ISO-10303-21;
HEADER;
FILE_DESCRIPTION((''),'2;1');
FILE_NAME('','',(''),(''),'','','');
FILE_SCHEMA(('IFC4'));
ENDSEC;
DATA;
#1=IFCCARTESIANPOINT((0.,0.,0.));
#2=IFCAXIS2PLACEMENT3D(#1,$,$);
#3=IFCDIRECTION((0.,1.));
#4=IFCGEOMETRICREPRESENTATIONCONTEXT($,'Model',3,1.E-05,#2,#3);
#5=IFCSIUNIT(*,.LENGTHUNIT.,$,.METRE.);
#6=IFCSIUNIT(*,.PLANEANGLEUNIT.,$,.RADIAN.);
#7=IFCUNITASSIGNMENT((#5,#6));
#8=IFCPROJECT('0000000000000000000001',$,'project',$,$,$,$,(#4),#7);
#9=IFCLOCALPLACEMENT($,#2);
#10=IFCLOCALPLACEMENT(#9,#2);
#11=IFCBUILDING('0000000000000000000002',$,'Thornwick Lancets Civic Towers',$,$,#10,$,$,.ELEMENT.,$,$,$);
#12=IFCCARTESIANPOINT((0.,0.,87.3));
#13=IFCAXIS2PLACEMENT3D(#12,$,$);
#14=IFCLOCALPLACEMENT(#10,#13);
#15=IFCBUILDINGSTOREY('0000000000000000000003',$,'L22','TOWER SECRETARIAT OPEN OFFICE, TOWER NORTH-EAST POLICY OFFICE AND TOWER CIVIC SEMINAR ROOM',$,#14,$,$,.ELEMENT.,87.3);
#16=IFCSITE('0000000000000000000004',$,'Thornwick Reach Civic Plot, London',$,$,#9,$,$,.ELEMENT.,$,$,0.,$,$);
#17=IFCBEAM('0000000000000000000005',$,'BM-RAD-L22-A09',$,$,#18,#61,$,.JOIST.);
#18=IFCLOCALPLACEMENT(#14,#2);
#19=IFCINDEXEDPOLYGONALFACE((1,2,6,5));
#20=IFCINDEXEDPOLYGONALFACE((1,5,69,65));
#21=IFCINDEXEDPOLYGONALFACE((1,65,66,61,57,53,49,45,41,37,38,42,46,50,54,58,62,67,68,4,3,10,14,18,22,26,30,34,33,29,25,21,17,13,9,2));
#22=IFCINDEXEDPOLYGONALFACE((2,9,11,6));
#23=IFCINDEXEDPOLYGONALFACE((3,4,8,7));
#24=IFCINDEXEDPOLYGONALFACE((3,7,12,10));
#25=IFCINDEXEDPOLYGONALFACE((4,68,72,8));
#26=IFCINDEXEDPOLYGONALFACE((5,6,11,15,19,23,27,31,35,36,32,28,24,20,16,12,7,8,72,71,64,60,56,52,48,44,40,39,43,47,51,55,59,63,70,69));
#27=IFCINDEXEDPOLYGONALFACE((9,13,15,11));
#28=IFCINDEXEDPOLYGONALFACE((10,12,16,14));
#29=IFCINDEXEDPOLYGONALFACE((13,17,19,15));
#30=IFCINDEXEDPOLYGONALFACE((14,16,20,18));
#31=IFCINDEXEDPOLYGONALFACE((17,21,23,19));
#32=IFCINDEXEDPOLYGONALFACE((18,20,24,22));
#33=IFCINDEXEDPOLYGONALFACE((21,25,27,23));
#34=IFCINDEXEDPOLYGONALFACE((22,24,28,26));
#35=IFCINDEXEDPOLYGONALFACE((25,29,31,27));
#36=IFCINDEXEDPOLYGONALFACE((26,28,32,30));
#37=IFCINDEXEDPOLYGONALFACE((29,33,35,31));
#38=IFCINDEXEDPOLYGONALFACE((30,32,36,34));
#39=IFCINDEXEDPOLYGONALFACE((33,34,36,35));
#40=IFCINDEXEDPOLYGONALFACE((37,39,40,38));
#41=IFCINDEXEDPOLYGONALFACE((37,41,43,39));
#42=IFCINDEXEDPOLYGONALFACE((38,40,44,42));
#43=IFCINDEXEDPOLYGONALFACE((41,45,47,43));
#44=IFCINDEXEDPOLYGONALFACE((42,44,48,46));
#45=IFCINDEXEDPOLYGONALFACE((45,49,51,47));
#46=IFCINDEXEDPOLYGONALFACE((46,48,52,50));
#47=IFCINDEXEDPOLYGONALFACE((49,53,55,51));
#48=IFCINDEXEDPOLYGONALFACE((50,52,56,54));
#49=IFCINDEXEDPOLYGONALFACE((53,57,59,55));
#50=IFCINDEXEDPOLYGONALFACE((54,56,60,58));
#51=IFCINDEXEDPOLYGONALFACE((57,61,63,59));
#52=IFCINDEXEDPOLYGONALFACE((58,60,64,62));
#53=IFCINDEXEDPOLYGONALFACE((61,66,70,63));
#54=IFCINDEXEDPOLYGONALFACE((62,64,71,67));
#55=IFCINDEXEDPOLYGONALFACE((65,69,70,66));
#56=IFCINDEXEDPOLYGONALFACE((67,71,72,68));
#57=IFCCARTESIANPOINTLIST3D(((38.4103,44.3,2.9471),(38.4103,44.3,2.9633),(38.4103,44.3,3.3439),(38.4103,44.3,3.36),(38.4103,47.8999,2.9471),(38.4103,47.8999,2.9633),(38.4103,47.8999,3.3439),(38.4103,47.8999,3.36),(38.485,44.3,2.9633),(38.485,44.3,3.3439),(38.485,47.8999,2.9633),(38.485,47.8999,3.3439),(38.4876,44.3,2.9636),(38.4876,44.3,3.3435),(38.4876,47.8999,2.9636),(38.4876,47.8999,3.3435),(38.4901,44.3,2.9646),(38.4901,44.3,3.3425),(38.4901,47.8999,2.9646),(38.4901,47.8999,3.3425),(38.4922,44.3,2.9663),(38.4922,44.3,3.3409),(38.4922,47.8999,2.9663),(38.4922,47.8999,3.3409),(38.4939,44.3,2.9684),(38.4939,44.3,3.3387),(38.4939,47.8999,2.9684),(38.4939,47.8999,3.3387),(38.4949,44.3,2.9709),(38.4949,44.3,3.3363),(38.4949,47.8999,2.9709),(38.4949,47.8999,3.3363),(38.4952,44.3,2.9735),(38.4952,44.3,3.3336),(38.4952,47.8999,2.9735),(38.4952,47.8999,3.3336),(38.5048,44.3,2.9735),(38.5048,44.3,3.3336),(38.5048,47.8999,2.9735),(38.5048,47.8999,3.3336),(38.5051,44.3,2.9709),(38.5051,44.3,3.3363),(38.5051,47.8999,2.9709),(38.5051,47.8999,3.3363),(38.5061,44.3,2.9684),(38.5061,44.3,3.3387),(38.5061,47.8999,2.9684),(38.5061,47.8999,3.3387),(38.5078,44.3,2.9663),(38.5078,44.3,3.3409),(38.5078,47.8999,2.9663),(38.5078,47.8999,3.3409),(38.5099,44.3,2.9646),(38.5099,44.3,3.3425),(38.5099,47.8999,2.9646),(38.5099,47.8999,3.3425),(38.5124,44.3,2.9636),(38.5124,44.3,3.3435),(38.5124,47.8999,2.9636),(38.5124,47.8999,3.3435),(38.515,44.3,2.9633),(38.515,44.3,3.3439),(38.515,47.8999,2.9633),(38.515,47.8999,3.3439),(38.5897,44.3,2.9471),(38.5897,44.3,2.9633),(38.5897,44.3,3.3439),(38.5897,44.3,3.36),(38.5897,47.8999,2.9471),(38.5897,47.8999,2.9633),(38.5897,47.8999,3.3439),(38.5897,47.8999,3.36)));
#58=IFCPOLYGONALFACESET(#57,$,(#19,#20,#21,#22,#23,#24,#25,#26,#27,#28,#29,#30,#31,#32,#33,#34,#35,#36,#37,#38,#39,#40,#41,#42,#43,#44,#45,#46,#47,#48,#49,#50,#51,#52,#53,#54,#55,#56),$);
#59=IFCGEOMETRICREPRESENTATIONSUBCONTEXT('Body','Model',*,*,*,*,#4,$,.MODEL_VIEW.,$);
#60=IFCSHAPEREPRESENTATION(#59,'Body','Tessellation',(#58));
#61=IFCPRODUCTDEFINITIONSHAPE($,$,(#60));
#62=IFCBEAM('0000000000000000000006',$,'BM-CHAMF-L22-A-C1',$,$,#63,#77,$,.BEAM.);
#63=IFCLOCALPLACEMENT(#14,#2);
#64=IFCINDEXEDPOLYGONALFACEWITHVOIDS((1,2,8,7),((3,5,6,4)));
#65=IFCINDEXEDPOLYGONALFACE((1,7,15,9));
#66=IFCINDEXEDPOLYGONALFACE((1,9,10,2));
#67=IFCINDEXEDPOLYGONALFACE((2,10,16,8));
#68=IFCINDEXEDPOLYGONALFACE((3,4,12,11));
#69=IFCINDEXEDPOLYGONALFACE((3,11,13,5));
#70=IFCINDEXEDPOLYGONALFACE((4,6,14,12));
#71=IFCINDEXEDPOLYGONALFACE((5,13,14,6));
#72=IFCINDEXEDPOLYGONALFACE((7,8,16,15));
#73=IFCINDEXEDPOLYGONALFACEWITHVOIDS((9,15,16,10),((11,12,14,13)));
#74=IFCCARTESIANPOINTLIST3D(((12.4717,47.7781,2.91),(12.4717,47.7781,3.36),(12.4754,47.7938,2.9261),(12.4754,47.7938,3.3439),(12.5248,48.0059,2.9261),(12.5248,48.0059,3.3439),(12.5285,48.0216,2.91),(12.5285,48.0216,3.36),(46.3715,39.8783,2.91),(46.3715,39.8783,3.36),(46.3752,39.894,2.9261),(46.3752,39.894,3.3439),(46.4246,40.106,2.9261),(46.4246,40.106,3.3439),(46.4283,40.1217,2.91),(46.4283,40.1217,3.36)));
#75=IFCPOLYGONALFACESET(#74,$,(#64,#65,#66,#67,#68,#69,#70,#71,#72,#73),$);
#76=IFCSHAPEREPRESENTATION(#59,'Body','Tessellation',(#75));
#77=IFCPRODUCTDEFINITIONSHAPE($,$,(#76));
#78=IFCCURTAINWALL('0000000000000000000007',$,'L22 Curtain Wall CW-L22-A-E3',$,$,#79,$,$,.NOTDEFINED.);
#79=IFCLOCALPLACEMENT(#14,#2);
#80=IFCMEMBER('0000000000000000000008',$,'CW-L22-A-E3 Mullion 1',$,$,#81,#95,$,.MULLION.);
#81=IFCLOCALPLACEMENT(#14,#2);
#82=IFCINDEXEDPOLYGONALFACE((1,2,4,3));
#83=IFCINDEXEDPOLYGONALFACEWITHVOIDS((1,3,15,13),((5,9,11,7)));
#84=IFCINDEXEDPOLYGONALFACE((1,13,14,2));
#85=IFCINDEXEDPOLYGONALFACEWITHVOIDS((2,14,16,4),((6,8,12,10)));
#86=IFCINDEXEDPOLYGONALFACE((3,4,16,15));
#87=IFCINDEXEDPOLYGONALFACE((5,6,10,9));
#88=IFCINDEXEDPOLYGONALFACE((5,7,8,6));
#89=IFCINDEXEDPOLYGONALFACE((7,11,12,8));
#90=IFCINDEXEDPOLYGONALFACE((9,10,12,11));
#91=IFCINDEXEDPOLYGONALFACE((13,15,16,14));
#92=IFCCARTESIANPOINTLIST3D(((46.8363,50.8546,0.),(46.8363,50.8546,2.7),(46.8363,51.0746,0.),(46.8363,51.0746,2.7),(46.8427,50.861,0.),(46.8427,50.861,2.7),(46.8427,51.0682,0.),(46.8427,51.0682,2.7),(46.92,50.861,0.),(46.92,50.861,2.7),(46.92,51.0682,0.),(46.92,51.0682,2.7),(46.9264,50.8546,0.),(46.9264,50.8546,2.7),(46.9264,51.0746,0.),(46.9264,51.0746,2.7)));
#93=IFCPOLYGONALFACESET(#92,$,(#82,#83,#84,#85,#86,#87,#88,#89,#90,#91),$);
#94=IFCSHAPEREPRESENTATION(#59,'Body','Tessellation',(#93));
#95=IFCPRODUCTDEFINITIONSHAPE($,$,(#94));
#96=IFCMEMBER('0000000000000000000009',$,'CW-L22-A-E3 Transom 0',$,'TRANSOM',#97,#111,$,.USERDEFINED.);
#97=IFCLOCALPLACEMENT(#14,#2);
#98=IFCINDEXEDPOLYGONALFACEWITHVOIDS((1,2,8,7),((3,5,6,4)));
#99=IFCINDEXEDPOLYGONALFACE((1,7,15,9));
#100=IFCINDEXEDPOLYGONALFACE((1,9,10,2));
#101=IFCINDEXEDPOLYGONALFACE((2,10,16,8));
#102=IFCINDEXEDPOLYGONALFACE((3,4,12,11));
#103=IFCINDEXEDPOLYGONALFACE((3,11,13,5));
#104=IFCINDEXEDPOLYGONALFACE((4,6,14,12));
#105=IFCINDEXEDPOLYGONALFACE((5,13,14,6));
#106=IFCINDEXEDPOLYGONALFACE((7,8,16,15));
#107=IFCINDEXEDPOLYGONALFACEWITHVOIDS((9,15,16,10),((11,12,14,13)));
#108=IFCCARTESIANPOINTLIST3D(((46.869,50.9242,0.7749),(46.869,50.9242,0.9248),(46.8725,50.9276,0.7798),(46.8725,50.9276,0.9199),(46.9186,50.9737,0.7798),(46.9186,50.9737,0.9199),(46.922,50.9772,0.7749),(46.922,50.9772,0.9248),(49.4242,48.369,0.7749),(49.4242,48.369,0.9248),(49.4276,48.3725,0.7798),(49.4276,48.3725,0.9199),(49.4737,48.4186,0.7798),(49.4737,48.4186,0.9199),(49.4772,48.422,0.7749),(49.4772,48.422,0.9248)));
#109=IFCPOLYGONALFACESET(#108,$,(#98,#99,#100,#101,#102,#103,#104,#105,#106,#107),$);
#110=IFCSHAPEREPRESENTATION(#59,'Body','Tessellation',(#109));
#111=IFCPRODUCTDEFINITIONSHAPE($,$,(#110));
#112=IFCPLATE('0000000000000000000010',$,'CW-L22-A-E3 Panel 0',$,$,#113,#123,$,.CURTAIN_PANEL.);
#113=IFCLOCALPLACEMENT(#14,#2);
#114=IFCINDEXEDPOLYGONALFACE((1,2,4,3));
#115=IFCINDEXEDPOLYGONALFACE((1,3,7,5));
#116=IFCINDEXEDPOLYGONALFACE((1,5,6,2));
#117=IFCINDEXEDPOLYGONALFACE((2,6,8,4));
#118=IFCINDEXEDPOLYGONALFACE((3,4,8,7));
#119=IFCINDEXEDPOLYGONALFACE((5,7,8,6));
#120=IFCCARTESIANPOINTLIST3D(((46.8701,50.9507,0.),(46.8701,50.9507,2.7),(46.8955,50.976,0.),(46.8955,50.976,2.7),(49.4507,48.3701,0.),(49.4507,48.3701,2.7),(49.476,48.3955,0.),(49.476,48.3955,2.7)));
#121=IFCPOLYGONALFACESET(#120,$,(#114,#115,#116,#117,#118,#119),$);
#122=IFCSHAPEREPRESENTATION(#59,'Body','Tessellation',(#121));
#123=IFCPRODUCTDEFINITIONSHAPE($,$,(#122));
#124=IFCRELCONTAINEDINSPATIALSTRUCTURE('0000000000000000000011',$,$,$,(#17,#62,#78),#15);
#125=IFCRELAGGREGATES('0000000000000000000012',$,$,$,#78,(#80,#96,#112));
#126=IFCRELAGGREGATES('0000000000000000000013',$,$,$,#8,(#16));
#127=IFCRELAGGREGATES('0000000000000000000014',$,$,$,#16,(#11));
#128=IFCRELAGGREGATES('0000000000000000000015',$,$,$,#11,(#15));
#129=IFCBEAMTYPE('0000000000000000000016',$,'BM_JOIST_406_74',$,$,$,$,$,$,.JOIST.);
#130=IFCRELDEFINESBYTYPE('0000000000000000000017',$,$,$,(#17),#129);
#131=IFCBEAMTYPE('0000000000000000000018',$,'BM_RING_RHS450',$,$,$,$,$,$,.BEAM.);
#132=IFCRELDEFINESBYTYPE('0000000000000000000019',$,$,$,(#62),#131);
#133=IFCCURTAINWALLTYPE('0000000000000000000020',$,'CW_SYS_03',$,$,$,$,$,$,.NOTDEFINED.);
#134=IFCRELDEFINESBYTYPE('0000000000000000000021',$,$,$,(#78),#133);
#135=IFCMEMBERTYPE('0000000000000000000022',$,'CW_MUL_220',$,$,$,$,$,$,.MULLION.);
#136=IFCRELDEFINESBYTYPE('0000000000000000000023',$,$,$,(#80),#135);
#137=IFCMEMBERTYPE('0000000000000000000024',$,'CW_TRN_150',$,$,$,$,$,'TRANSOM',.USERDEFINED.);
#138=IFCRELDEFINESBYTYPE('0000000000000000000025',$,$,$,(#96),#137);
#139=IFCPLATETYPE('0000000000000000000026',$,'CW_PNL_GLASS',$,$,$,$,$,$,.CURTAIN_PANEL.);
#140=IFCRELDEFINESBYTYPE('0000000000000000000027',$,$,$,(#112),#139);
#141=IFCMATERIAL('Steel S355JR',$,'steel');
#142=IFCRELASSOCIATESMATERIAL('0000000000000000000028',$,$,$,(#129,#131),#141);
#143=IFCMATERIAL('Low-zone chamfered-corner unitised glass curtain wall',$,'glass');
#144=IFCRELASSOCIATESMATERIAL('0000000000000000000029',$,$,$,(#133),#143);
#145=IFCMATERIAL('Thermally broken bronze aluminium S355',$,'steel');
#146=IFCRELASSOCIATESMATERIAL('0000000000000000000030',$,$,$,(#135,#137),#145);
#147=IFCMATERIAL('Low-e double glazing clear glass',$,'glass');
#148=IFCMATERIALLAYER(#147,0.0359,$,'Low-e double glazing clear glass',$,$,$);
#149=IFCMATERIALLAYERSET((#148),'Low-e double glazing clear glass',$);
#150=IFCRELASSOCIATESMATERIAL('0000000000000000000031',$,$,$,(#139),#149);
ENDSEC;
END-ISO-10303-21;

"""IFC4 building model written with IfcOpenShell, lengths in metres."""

from ifc_helpers import new_model, si_unit, direction, frame, origin, origin_2d, place, context, subcontext, project, spatial, rectangle, hollow_rectangle, i_section, extrude, material, layer, layer_set, material_profile, profile_set, type_object, element, aggregate, save


model = new_model("IFC4")

# Units and contexts
model_context = context("Model", 3, precision=1e-05, world=origin(), true_north=direction((0.0, 1.0)))
body_context = subcontext(model_context, "Body", "Model", "MODEL_VIEW")
ifc_project = project(units=[si_unit("LENGTHUNIT", "METRE"), si_unit("PLANEANGLEUNIT", "RADIAN")], contexts=[model_context])

# Site, building, storey
site_placement = place(None, origin())
site = spatial("IfcSite", under=ifc_project, at=site_placement, Name="Thornwick Reach Civic Plot, London", CompositionType="ELEMENT", RefElevation=0.0)
building_placement = place(site_placement, origin())
building = spatial("IfcBuilding", under=site, at=building_placement, Name="Thornwick Lancets Civic Towers", CompositionType="ELEMENT")
storey_placement = place(building_placement, frame((0.0, 0.0, 87.3)))
storey = spatial("IfcBuildingStorey", under=building, at=storey_placement, Name="L22", Description="TOWER SECRETARIAT OPEN OFFICE, TOWER NORTH-EAST POLICY OFFICE AND TOWER CIVIC SEMINAR ROOM", CompositionType="ELEMENT", Elevation=87.3)

# Beams
ifc_material_1 = material(Name="Steel S355JR", Category="steel")
ifc_material_profile_1 = material_profile(ifc_material_1, i_section(OverallWidth=0.1794, OverallDepth=0.4128, WebThickness=0.0095, FlangeThickness=0.0161, FilletRadius=0.0103, at=origin_2d()), Name="UKB 406x178x74")
ifc_profile_set_1 = profile_set([ifc_material_profile_1], Name="Steel S355JR")
beam_type_1 = type_object("IfcBeamType", Name="BM_JOIST_406_74", PredefinedType="JOIST", material=ifc_profile_set_1)
for number, where, z_axis, x_axis, name in (
    (1, (38.5, 44.3, 3.1536), (0.0, 1.0, 0.0), (-1.0, 0.0, 0.0), "BM-RAD-L22-A09"),
):
    element("IfcBeam", number, at=place(storey_placement, frame(where, z_axis=z_axis, x_axis=x_axis)), inside=storey, type_object=beam_type_1, Name=name, PredefinedType="JOIST", context=body_context, shape_type="SweptSolid", body=[
        extrude(i_section(OverallWidth=0.1794, OverallDepth=0.4128, WebThickness=0.0095, FlangeThickness=0.0161, FilletRadius=0.0103, at=origin_2d()), origin(), (0.0, 0.0, 1.0), 3.5999),
    ])
ifc_material_profile_2 = material_profile(ifc_material_1, hollow_rectangle(XDim=0.25, YDim=0.45, WallThickness=0.0161, at=origin_2d()), Name="RHS 450x250x16")
ifc_profile_set_2 = profile_set([ifc_material_profile_2], Name="Steel S355JR")
beam_type_2 = type_object("IfcBeamType", Name="BM_RING_RHS450", PredefinedType="BEAM", material=ifc_profile_set_2)
beam_placement = place(storey_placement, frame((46.3999, 40.0, 3.135), z_axis=(-0.973905, 0.226955, 0.0), x_axis=(-0.226955, -0.973905, 0.0)))
element("IfcBeam", 2, at=beam_placement, inside=storey, type_object=beam_type_2, Name="BM-CHAMF-L22-A-C1", PredefinedType="BEAM", context=body_context, shape_type="SweptSolid", body=[
    extrude(hollow_rectangle(XDim=0.25, YDim=0.45, WallThickness=0.0161, at=origin_2d()), origin(), (0.0, 0.0, 1.0), 34.8081),
])

# Curtain wall, members, plate
ifc_material_2 = material(Name="Low-zone chamfered-corner unitised glass curtain wall", Category="glass")
curtain_wall_type = type_object("IfcCurtainWallType", Name="CW_SYS_03", PredefinedType="NOTDEFINED", material=ifc_material_2)
curtain_wall_placement = place(storey_placement, origin())
curtain_wall = element("IfcCurtainWall", 3, at=curtain_wall_placement, inside=storey, type_object=curtain_wall_type, Name="L22 Curtain Wall CW-L22-A-E3", PredefinedType="NOTDEFINED")
ifc_material_3 = material(Name="Thermally broken bronze aluminium S355", Category="steel")
ifc_material_profile_3 = material_profile(ifc_material_3, hollow_rectangle(XDim=0.0901, YDim=0.22, WallThickness=0.0063, at=origin_2d()), Name="RHS 220x90x6.3")
ifc_profile_set_3 = profile_set([ifc_material_profile_3], Name="Thermally broken bronze aluminium S355")
member_type_1 = type_object("IfcMemberType", Name="CW_MUL_220", PredefinedType="MULLION", material=ifc_profile_set_3)
member_1_placement = place(storey_placement, frame((46.8813, 50.9646, 0.0), z_axis=(0.0, 0.0, 1.0), x_axis=(1.0, 0.0, 0.0)))
member_1 = element("IfcMember", 4, at=member_1_placement, type_object=member_type_1, Name="CW-L22-A-E3 Mullion 1", PredefinedType="MULLION", context=body_context, shape_type="SweptSolid", body=[
    extrude(hollow_rectangle(XDim=0.0901, YDim=0.22, WallThickness=0.0063, at=origin_2d()), origin(), (0.0, 0.0, 1.0), 2.7),
])
ifc_material_profile_4 = material_profile(ifc_material_3, hollow_rectangle(XDim=0.075, YDim=0.1499, WallThickness=0.0049, at=origin_2d()), Name="RHS 150x75x5")
ifc_profile_set_4 = profile_set([ifc_material_profile_4], Name="Thermally broken bronze aluminium S355")
member_type_2 = type_object("IfcMemberType", Name="CW_TRN_150", ElementType="TRANSOM", PredefinedType="USERDEFINED", material=ifc_profile_set_4)
member_2_placement = place(storey_placement, frame((49.4507, 48.3955, 0.8499), z_axis=(-0.707107, 0.707107, 0.0), x_axis=(-0.707107, -0.707107, 0.0)))
member_2 = element("IfcMember", 5, at=member_2_placement, type_object=member_type_2, Name="CW-L22-A-E3 Transom 0", ObjectType="TRANSOM", PredefinedType="USERDEFINED", context=body_context, shape_type="SweptSolid", body=[
    extrude(hollow_rectangle(XDim=0.075, YDim=0.1499, WallThickness=0.0049, at=origin_2d()), origin(), (0.0, 0.0, 1.0), 3.6135),
])
ifc_material_4 = material(Name="Low-e double glazing clear glass", Category="glass")
ifc_layer_1 = layer(ifc_material_4, 0.0359, Name="Low-e double glazing clear glass")
ifc_layer_set_1 = layer_set([ifc_layer_1], Name="Low-e double glazing clear glass")
plate_type = type_object("IfcPlateType", Name="CW_PNL_GLASS", PredefinedType="CURTAIN_PANEL", material=ifc_layer_set_1)
plate_placement = place(storey_placement, frame((48.1731, 49.6731, 0.0), z_axis=(0.0, 0.0, 1.0), x_axis=(-0.707107, 0.707107, 0.0)))
plate = element("IfcPlate", 6, at=plate_placement, type_object=plate_type, Name="CW-L22-A-E3 Panel 0", PredefinedType="CURTAIN_PANEL", context=body_context, shape_type="SweptSolid", body=[
    extrude(rectangle(XDim=3.6494, YDim=0.0359, at=origin_2d()), origin(), (0.0, 0.0, 1.0), 2.7),
])
aggregate(curtain_wall, [member_1, member_2, plate])

save(model, "model.ifc")
